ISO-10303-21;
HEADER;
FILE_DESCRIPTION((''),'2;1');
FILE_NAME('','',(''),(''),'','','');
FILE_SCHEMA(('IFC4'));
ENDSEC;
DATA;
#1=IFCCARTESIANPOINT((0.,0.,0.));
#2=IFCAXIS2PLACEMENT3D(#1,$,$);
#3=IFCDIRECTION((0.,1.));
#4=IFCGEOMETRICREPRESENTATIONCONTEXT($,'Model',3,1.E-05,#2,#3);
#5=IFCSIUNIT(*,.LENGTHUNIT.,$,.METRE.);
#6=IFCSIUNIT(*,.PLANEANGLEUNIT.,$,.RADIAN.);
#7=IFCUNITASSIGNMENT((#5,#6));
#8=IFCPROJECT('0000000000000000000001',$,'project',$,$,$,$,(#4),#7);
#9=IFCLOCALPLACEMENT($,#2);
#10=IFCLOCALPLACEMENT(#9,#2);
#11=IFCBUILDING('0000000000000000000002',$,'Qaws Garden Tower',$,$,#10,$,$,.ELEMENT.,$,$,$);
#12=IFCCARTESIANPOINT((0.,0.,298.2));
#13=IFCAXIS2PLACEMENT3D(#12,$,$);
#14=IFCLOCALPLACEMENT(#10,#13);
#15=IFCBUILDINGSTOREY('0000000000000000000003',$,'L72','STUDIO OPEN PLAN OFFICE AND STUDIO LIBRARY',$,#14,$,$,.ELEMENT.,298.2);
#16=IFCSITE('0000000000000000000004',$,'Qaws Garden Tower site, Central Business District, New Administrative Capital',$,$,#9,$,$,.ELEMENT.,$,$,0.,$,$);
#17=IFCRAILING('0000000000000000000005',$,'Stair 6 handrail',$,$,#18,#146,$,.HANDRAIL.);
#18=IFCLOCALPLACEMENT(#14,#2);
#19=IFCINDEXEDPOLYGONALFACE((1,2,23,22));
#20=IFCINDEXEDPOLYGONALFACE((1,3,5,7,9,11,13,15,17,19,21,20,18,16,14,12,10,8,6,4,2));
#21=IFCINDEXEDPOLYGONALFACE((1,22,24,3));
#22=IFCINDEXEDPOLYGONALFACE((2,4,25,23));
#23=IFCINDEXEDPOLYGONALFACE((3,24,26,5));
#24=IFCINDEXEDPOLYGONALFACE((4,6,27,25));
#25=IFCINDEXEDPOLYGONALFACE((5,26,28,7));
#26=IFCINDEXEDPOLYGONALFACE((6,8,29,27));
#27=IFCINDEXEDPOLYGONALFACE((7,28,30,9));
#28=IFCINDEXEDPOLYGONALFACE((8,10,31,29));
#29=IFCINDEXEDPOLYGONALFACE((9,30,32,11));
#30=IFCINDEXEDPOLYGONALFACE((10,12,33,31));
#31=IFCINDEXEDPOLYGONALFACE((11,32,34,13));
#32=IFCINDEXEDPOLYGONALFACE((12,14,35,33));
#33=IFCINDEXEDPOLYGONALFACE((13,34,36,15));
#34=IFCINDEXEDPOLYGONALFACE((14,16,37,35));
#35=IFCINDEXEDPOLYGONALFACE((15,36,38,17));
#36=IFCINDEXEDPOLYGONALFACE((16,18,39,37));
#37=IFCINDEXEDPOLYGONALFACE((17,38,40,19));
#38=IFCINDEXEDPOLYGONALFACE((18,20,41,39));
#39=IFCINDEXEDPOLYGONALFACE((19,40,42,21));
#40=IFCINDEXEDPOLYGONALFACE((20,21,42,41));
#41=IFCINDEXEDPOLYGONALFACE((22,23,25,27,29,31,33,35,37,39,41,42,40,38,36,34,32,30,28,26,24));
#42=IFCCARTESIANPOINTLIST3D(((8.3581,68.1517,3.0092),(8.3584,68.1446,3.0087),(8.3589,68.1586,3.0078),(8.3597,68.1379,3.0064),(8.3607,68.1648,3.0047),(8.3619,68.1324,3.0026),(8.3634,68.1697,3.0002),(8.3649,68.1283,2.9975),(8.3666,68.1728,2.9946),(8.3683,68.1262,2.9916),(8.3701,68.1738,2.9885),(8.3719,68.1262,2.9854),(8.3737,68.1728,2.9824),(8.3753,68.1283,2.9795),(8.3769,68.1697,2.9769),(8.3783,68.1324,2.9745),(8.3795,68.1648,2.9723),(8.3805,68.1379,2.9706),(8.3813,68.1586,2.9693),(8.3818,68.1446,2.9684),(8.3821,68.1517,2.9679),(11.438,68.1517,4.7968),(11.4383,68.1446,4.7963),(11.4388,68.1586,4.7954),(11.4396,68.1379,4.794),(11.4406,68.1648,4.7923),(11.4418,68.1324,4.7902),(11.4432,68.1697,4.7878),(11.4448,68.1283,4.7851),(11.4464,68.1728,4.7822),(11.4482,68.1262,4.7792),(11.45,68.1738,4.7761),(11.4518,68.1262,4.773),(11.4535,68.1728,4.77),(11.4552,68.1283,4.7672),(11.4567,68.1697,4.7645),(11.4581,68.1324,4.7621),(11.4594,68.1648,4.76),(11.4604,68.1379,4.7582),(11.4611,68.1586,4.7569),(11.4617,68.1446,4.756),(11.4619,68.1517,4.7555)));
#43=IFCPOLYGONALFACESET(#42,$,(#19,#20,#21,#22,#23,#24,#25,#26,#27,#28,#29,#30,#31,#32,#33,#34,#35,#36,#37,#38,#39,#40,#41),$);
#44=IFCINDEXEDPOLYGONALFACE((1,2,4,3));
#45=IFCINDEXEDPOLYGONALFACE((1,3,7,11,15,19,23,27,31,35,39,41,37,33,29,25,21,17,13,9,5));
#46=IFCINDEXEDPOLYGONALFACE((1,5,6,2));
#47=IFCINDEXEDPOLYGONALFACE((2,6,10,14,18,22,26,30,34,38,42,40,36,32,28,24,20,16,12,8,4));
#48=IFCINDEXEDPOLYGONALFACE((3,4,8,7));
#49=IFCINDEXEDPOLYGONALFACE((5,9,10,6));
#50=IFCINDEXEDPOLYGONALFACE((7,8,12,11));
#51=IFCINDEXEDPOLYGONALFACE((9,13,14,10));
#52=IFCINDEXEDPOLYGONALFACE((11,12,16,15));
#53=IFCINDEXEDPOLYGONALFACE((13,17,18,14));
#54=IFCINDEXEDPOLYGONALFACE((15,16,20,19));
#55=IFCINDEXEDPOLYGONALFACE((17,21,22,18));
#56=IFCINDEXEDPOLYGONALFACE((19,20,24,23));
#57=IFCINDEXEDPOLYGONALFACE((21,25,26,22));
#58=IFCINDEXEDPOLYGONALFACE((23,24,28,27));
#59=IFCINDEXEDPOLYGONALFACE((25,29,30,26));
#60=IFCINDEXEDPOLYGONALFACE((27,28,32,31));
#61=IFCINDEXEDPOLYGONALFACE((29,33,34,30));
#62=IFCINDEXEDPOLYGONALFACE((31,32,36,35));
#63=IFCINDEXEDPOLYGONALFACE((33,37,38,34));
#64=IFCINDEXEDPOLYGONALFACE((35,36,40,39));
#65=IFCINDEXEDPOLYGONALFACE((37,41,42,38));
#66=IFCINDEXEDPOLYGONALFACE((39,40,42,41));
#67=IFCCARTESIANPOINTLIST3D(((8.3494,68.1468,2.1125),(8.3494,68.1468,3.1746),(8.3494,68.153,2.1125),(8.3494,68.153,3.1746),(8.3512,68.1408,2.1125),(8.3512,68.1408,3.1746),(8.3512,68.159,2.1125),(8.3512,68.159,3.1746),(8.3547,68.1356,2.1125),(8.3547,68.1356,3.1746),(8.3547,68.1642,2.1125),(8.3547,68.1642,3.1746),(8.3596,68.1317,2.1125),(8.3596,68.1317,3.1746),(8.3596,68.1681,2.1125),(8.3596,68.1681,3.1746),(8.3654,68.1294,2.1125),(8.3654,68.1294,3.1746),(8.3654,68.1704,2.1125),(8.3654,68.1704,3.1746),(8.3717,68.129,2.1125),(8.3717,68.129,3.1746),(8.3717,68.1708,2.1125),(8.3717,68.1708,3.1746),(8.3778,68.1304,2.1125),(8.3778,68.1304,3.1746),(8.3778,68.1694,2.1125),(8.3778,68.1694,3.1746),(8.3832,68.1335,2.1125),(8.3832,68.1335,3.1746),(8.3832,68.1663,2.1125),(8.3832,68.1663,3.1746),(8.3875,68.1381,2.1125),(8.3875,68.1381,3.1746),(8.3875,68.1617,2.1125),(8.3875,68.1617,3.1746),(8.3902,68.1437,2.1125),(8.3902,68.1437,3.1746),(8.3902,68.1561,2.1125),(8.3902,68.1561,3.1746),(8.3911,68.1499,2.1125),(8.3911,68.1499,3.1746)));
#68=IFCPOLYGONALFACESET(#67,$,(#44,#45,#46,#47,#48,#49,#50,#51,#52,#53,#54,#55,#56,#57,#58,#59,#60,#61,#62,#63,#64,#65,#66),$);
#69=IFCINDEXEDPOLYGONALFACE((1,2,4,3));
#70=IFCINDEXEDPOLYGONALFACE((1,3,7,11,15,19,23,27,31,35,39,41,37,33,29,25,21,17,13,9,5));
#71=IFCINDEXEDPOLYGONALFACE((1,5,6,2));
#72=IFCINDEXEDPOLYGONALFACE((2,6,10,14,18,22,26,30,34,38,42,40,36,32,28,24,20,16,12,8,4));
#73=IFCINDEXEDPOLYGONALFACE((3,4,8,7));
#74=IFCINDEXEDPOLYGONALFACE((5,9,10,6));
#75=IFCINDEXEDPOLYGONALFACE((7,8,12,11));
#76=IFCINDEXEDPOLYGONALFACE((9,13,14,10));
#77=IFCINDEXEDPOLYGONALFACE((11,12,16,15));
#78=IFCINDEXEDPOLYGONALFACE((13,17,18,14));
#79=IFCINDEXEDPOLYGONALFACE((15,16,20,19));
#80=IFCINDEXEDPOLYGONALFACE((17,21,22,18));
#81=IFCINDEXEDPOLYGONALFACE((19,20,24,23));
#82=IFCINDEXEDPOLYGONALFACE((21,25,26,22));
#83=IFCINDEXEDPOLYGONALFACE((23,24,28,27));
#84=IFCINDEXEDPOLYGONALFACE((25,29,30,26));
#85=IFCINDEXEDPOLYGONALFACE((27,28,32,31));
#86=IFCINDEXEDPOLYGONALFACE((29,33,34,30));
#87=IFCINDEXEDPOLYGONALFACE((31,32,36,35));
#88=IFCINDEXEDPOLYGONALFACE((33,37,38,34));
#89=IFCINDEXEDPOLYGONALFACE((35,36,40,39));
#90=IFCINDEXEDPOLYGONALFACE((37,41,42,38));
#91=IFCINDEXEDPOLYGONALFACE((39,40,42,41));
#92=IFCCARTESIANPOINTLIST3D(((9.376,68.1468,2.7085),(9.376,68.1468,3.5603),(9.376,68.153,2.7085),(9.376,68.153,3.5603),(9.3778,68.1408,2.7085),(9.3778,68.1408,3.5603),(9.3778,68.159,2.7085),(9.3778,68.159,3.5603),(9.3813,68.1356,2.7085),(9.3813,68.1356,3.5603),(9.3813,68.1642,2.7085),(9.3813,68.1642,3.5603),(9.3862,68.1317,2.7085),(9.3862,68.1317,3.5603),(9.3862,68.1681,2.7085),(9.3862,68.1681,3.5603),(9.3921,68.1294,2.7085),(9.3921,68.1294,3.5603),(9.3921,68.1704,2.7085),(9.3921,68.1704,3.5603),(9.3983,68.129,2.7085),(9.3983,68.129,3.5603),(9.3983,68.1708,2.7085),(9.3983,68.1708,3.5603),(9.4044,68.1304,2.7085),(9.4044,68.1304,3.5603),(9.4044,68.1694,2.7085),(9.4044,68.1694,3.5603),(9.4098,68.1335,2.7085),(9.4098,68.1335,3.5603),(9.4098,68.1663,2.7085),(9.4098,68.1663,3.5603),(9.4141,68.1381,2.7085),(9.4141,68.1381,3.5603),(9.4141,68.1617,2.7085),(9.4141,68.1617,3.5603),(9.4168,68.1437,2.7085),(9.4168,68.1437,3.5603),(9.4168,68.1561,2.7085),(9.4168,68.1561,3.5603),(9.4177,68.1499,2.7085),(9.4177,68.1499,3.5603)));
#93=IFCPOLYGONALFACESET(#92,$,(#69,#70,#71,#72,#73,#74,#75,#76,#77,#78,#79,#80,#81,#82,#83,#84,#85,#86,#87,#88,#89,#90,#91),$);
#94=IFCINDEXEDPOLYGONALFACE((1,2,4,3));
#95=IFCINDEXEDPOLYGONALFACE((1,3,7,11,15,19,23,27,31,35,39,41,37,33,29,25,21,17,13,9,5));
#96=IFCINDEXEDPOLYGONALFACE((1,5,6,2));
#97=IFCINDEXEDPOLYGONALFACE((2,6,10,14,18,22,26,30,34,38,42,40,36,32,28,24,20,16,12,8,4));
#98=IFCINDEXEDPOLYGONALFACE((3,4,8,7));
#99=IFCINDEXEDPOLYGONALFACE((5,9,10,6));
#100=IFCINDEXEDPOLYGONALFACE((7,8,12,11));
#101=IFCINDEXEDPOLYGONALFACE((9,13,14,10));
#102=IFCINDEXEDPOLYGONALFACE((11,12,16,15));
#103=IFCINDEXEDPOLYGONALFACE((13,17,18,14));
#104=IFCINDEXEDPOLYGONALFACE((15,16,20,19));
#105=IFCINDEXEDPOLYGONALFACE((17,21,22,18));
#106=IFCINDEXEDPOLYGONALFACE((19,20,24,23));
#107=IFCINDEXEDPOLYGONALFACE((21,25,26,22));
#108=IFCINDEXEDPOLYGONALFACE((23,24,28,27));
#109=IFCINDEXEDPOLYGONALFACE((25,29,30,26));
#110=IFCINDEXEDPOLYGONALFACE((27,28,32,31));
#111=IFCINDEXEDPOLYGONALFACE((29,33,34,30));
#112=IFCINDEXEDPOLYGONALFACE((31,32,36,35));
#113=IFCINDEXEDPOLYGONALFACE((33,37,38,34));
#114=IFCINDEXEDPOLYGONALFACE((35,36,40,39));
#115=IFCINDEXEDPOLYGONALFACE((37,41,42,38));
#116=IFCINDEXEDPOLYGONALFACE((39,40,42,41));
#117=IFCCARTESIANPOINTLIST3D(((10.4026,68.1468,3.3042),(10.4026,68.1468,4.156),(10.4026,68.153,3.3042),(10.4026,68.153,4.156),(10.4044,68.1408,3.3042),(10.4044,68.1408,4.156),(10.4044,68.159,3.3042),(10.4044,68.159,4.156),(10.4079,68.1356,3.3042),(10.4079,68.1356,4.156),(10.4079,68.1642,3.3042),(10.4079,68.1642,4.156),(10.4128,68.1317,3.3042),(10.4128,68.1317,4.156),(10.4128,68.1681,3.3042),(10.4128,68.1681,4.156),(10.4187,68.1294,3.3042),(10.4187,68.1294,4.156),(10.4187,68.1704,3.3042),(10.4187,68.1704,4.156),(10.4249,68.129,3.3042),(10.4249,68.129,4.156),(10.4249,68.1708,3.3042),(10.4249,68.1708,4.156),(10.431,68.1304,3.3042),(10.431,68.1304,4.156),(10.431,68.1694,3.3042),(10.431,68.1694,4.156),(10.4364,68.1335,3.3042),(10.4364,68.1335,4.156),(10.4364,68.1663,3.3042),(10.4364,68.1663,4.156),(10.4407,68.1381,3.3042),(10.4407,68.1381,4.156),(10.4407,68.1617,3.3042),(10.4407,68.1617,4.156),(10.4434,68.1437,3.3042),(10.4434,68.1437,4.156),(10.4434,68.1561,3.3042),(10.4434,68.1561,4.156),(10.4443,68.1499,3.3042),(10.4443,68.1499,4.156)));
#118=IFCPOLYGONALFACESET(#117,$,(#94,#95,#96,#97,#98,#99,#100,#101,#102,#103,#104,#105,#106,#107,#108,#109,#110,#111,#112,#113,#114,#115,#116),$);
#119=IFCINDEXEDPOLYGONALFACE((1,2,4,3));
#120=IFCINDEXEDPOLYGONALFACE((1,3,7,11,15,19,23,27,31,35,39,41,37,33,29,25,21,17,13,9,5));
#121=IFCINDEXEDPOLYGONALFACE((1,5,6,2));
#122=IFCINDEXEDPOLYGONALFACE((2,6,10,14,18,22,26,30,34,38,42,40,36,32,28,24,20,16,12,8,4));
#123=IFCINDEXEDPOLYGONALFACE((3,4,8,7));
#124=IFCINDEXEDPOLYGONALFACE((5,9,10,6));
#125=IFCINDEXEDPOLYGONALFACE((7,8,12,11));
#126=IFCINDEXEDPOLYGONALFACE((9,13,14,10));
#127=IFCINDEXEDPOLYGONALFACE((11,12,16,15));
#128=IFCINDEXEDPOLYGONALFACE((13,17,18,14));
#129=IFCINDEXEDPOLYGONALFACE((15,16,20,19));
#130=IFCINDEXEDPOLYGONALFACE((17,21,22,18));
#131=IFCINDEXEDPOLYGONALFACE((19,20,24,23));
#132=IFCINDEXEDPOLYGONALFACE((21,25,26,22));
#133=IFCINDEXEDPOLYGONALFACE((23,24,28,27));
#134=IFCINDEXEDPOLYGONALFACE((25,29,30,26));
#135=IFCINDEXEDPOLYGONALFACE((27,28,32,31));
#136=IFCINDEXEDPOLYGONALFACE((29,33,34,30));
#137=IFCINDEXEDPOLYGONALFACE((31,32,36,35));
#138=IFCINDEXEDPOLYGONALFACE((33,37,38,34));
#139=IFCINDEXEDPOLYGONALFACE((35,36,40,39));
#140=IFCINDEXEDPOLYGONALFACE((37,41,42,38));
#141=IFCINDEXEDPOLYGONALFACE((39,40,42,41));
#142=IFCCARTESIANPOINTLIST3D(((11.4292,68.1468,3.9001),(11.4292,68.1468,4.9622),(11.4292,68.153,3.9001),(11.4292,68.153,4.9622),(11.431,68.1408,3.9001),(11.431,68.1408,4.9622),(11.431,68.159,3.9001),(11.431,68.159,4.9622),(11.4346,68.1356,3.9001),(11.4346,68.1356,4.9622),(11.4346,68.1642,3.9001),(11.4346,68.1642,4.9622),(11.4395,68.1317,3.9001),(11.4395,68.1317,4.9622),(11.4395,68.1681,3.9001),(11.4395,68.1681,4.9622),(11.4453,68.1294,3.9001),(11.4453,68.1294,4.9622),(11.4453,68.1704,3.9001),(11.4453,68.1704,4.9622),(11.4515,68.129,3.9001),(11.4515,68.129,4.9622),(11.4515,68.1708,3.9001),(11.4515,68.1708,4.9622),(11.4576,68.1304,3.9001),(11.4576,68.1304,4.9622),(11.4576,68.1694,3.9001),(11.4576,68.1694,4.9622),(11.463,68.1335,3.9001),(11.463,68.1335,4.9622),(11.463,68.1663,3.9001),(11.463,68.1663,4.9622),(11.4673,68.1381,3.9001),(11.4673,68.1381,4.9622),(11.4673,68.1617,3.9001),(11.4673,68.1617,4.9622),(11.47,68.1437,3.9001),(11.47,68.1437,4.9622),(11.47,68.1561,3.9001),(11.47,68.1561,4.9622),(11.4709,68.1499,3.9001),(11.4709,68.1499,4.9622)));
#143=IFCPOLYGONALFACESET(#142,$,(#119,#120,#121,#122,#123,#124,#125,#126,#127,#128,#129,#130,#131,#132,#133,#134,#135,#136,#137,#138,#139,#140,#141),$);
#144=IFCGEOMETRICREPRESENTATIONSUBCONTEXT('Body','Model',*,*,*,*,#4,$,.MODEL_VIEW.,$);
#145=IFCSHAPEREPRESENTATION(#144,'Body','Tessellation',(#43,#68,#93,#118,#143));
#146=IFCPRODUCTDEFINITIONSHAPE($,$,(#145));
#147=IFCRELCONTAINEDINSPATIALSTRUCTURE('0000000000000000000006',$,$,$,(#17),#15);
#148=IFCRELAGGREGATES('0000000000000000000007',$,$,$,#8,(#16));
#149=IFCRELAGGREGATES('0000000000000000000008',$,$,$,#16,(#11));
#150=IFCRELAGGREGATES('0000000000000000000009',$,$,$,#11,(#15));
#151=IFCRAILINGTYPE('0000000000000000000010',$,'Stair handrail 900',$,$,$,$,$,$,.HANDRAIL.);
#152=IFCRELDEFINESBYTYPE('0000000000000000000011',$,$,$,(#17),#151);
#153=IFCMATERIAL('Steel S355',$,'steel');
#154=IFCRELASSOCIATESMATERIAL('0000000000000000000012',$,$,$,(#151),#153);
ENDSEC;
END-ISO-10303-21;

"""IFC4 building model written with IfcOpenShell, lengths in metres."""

from ifc_helpers import new_model, si_unit, direction, frame, origin, origin_2d, place, context, subcontext, project, spatial, circle, extrude, material, type_object, element, save


model = new_model("IFC4")

# Units and contexts
model_context = context("Model", 3, precision=1e-05, world=origin(), true_north=direction((0.0, 1.0)))
body_context = subcontext(model_context, "Body", "Model", "MODEL_VIEW")
ifc_project = project(units=[si_unit("LENGTHUNIT", "METRE"), si_unit("PLANEANGLEUNIT", "RADIAN")], contexts=[model_context])

# Site, building, storey
site_placement = place(None, origin())
site = spatial("IfcSite", under=ifc_project, at=site_placement, Name="Qaws Garden Tower site, Central Business District, New Administrative Capital", CompositionType="ELEMENT", RefElevation=0.0)
building_placement = place(site_placement, origin())
building = spatial("IfcBuilding", under=site, at=building_placement, Name="Qaws Garden Tower", CompositionType="ELEMENT")
storey_placement = place(building_placement, frame((0.0, 0.0, 298.2)))
storey = spatial("IfcBuildingStorey", under=building, at=storey_placement, Name="L72", Description="STUDIO OPEN PLAN OFFICE AND STUDIO LIBRARY", CompositionType="ELEMENT", Elevation=298.2)

# Railing
ifc_material_1 = material(Name="Steel S355", Category="steel")
railing_type = type_object("IfcRailingType", Name="Stair handrail 900", PredefinedType="HANDRAIL", material=ifc_material_1)
railing_1_placement = place(storey_placement, frame((8.3701, 68.1499, 2.1125)))
element("IfcRailing", 1, at=railing_1_placement, inside=storey, type_object=railing_type, Name="Stair 6 handrail", PredefinedType="HANDRAIL", context=body_context, shape_type="SweptSolid", body=[
    extrude(circle(Radius=0.0239, at=origin_2d()), frame((0.0, 0.0, 0.876), z_axis=(0.864873, 0.0, 0.50199), x_axis=(0.0, 1.0, 0.0)), (0.0, 0.0, 1.0), 3.561),
    extrude(circle(Radius=0.021, at=origin_2d()), origin(), (0.0, 0.0, 1.0), 1.062),
    extrude(circle(Radius=0.021, at=origin_2d()), frame((1.0266, 0.0, 0.5959)), (0.0, 0.0, 1.0), 0.8518),
    extrude(circle(Radius=0.021, at=origin_2d()), frame((2.0532, 0.0, 1.1917)), (0.0, 0.0, 1.0), 0.8518),
    extrude(circle(Radius=0.021, at=origin_2d()), frame((3.0798, 0.0, 1.7876)), (0.0, 0.0, 1.0), 1.062),
])

save(model, "model.ifc")
